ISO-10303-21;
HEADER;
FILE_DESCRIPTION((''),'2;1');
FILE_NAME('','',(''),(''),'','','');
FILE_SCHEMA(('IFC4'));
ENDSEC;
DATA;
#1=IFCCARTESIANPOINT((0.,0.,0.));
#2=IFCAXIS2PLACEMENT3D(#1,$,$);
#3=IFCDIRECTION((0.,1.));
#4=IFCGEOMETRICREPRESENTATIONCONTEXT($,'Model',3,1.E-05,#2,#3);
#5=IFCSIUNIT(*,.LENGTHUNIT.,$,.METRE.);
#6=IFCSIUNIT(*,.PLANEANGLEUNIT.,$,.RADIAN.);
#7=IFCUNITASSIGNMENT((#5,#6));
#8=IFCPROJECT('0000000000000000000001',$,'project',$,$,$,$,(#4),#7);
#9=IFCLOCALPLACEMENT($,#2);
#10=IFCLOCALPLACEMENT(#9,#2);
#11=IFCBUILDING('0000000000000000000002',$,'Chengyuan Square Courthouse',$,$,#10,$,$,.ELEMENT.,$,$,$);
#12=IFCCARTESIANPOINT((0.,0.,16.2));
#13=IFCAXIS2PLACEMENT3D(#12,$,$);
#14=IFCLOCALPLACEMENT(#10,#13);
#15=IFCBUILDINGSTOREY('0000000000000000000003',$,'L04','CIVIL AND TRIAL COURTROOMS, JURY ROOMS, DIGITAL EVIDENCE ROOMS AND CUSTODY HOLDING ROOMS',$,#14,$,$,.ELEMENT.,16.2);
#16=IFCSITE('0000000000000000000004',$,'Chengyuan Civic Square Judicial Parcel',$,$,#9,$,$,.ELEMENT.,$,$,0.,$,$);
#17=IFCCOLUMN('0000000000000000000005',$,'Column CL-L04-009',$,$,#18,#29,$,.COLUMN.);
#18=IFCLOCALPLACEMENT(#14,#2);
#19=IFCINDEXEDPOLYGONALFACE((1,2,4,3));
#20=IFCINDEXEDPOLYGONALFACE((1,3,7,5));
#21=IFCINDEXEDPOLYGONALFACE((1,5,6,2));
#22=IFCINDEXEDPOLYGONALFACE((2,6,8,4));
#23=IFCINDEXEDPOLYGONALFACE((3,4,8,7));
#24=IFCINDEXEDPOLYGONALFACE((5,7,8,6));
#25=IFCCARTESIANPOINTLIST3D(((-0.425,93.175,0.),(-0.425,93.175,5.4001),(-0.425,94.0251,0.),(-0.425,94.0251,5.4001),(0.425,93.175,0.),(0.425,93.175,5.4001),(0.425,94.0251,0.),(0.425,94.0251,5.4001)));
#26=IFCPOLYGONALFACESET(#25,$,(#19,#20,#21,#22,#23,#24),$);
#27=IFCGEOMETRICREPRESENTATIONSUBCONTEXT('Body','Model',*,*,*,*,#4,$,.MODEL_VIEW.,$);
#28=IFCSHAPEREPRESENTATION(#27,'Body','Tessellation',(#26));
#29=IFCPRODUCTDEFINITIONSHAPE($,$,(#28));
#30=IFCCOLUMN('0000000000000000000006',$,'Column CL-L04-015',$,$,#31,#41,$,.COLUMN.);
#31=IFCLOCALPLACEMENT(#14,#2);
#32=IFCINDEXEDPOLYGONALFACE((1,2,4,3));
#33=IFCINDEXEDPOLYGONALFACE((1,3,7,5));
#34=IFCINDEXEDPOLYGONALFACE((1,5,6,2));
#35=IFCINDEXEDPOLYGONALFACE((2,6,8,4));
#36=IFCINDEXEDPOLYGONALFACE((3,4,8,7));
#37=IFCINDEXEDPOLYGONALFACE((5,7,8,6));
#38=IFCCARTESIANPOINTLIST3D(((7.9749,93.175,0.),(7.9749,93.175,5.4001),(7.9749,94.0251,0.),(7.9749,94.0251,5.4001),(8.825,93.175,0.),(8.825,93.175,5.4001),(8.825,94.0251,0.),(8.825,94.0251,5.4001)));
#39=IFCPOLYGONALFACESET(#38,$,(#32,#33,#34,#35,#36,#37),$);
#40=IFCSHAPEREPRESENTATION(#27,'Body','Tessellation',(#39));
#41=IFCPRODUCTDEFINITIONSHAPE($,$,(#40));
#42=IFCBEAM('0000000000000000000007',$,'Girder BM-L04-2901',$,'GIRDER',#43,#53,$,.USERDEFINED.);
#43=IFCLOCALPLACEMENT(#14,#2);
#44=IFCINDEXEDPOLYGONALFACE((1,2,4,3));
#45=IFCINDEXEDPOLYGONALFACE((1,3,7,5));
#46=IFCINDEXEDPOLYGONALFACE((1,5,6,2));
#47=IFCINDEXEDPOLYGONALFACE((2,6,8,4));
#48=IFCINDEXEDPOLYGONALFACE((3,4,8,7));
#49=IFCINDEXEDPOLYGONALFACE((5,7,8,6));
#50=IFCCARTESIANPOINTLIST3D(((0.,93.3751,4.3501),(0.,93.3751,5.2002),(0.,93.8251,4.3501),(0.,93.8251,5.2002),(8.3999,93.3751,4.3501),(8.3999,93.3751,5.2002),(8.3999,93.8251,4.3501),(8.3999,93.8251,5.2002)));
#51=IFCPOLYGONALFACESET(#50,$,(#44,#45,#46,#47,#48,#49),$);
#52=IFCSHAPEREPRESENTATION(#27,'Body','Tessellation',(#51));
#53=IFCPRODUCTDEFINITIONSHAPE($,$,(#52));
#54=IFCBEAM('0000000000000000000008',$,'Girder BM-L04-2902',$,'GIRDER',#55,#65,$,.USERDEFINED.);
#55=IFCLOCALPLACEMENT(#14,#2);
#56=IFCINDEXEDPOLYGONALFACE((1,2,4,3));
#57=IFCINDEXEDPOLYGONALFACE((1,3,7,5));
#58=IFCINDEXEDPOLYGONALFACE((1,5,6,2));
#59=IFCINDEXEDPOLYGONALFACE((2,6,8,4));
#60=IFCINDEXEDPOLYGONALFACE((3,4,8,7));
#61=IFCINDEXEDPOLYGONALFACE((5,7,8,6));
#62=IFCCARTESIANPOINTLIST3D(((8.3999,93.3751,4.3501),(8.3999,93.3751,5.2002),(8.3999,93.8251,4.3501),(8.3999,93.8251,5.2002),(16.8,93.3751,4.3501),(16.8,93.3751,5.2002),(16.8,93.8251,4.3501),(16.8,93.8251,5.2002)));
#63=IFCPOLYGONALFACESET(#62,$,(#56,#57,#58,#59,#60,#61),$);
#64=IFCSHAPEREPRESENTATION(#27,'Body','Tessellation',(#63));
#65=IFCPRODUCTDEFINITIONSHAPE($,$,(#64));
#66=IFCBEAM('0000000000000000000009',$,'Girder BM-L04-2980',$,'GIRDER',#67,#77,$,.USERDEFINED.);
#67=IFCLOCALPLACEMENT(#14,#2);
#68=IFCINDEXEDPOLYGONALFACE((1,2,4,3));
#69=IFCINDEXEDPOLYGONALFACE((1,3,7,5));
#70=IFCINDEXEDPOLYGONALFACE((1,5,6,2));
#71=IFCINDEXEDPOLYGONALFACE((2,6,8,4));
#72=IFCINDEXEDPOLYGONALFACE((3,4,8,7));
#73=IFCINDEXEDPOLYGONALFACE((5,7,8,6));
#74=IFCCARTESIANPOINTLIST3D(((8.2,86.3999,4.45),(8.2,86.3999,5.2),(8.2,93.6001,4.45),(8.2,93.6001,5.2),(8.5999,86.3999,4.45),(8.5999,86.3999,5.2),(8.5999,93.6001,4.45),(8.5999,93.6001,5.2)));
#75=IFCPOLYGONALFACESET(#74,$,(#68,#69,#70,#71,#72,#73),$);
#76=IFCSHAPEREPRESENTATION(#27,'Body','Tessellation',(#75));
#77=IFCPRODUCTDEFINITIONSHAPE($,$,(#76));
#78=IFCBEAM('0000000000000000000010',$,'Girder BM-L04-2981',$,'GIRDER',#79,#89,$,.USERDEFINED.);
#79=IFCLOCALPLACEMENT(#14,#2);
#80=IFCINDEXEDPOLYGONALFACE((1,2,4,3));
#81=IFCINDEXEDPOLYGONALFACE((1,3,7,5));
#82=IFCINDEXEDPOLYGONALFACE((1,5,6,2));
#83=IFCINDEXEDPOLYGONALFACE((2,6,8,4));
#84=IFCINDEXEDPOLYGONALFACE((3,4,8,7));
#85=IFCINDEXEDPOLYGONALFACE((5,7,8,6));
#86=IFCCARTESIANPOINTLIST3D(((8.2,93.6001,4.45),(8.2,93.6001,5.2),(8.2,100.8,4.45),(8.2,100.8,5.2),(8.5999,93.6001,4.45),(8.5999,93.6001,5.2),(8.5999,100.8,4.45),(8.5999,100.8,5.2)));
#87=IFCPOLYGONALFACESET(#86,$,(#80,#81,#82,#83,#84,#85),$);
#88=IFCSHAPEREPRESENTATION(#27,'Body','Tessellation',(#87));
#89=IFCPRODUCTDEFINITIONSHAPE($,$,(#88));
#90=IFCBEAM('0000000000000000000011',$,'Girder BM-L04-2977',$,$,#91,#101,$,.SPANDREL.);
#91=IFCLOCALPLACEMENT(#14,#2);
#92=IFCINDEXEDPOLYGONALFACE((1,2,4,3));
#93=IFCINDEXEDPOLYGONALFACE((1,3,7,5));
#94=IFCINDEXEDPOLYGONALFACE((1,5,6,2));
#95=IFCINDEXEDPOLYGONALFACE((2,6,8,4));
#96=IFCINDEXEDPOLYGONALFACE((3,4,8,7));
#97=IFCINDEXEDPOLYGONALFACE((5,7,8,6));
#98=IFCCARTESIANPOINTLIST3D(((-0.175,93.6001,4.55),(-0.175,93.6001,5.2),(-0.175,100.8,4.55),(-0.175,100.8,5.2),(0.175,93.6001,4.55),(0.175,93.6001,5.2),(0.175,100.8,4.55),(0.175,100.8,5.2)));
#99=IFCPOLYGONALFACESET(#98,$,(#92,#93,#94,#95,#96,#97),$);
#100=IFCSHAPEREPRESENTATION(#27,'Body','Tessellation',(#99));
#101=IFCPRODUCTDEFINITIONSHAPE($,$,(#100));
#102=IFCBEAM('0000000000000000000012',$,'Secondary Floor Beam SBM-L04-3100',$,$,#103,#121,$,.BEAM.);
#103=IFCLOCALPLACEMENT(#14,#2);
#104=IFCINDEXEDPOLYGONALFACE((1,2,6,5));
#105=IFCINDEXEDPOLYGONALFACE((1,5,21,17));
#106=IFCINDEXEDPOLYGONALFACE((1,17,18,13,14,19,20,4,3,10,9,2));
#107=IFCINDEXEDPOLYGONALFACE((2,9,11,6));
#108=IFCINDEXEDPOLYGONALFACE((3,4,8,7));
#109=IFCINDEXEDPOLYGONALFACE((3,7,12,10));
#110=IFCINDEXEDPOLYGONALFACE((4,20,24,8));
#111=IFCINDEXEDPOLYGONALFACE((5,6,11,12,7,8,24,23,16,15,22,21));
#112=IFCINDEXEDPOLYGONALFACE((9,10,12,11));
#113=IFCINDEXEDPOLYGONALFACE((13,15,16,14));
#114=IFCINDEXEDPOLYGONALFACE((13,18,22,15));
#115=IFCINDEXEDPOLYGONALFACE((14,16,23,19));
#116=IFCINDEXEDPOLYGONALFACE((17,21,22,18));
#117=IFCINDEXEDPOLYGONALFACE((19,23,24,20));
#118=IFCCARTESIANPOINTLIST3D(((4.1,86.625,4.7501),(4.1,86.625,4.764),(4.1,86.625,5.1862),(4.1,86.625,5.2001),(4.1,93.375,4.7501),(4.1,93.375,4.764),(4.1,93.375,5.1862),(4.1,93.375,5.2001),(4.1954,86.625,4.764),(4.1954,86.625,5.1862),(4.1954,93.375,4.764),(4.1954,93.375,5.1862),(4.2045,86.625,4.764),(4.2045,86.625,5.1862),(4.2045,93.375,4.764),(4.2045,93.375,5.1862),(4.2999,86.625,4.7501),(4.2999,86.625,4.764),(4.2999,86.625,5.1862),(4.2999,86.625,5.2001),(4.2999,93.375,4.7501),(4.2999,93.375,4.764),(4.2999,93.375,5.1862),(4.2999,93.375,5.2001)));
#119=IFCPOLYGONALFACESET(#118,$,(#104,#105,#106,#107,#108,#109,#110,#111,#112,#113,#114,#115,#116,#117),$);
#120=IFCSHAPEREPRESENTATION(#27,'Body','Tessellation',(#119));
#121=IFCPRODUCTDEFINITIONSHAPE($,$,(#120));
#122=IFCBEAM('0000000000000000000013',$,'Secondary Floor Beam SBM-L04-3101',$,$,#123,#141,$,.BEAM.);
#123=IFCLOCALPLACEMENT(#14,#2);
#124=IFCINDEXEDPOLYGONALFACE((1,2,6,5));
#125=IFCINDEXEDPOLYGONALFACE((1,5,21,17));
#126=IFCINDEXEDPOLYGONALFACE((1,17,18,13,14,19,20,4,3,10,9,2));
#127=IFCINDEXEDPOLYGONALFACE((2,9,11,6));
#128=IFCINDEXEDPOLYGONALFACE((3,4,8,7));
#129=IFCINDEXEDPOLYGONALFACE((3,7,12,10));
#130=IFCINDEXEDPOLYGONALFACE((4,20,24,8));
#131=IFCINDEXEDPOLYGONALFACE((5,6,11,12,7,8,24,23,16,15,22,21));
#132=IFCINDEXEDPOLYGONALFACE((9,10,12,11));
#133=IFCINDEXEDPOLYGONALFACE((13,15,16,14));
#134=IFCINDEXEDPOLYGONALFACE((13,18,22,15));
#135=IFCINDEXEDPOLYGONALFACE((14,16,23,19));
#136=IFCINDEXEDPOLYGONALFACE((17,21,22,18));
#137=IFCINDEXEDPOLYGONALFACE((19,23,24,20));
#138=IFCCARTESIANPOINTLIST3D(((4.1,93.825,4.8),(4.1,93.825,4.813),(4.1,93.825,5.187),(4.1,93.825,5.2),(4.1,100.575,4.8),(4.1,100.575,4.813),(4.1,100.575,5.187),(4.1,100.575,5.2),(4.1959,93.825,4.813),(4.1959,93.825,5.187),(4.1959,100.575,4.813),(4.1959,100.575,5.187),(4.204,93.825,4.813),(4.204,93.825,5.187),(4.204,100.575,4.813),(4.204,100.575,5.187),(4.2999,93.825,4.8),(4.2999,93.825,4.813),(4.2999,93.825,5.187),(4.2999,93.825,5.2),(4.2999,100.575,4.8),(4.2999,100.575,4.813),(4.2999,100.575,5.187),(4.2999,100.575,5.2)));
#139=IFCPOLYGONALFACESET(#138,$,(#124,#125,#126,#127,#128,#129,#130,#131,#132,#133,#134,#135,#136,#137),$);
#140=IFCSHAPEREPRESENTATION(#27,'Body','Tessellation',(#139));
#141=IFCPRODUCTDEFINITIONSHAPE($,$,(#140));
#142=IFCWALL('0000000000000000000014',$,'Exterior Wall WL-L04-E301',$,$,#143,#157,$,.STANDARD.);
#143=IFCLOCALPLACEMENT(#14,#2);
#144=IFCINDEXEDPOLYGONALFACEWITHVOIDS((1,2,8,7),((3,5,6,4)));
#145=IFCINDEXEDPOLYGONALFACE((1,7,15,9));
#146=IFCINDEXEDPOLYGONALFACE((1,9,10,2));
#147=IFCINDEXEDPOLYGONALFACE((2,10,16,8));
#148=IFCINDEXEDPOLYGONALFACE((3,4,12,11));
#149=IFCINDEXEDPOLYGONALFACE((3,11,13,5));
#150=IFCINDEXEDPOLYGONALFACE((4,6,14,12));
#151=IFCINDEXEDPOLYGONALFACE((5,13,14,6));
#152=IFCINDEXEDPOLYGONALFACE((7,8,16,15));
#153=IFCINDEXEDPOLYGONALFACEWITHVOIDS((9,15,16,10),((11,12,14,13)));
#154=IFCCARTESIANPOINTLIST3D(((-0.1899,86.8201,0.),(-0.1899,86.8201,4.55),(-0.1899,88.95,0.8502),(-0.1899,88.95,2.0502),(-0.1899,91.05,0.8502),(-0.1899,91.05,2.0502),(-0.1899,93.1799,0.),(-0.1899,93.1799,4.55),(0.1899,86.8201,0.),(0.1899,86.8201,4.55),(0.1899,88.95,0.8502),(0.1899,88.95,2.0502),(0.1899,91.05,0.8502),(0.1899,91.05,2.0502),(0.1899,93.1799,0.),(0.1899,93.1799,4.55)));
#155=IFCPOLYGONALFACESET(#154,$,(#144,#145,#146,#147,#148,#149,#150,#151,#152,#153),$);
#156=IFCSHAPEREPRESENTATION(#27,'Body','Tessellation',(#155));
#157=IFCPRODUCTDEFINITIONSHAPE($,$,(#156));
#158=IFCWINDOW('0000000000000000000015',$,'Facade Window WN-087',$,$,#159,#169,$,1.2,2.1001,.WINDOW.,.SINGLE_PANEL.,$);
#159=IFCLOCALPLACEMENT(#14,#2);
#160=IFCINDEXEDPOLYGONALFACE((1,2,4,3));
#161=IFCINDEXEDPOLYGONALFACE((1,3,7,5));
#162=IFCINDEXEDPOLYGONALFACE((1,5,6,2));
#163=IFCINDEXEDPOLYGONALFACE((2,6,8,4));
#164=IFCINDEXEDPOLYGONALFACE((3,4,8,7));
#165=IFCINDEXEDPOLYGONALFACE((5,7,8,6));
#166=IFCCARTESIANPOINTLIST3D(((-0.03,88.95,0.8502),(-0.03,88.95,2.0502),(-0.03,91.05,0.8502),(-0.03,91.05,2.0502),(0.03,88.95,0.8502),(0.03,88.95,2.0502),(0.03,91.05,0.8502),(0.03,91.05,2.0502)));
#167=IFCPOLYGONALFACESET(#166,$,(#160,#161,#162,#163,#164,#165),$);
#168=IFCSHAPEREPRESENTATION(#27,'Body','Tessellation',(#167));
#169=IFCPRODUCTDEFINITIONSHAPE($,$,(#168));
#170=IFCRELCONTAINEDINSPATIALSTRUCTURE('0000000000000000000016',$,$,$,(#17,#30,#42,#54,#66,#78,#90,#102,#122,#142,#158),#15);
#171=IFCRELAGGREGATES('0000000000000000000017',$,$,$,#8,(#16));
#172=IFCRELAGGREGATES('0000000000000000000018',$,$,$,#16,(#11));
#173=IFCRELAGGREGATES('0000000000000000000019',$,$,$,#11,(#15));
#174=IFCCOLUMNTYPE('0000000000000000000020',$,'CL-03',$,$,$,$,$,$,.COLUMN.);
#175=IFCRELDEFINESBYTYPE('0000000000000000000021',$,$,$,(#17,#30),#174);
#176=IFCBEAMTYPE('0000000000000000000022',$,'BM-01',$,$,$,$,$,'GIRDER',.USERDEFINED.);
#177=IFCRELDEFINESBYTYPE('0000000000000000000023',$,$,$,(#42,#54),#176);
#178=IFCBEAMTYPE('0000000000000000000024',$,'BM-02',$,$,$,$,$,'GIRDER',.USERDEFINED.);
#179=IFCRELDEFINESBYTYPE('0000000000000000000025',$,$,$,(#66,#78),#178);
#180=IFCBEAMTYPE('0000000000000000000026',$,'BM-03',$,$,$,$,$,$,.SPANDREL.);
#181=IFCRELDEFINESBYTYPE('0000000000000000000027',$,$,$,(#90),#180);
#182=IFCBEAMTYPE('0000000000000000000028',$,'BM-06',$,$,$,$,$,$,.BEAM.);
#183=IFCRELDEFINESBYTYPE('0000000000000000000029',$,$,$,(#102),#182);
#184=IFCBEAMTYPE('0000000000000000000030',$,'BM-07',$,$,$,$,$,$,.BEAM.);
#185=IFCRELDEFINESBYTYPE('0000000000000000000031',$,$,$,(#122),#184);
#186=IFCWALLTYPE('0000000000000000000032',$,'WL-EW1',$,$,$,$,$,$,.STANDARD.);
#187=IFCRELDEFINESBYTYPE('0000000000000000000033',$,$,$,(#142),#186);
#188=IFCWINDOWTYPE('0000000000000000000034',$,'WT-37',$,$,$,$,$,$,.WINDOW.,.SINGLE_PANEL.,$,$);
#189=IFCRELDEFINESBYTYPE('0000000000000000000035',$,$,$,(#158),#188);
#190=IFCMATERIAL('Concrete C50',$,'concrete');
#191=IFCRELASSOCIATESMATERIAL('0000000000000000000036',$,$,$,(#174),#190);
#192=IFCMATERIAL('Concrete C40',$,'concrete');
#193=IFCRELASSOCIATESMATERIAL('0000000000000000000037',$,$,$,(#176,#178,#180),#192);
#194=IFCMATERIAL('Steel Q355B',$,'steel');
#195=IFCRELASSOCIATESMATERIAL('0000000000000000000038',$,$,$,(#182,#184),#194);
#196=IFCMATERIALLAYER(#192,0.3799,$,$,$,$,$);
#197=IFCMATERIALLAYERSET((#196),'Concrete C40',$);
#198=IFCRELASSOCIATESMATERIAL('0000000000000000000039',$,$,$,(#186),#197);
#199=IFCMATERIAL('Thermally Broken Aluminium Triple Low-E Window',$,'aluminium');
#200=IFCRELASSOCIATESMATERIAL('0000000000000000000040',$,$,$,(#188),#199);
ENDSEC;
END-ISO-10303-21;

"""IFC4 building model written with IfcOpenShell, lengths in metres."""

from ifc_helpers import new_model, si_unit, direction, frame, frame_2d, origin, origin_2d, place, context, subcontext, project, spatial, rectangle, i_section, extrude, material, layer, layer_set, material_profile, profile_set, type_object, element, fill, save


model = new_model("IFC4")

# Units and contexts
model_context = context("Model", 3, precision=1e-05, world=origin(), true_north=direction((0.0, 1.0)))
body_context = subcontext(model_context, "Body", "Model", "MODEL_VIEW")
ifc_project = project(units=[si_unit("LENGTHUNIT", "METRE"), si_unit("PLANEANGLEUNIT", "RADIAN")], contexts=[model_context])

# Site, building, storey
site_placement = place(None, origin())
site = spatial("IfcSite", under=ifc_project, at=site_placement, Name="Chengyuan Civic Square Judicial Parcel", CompositionType="ELEMENT", RefElevation=0.0)
building_placement = place(site_placement, origin())
building = spatial("IfcBuilding", under=site, at=building_placement, Name="Chengyuan Square Courthouse", CompositionType="ELEMENT")
storey_placement = place(building_placement, frame((0.0, 0.0, 16.2)))
storey = spatial("IfcBuildingStorey", under=building, at=storey_placement, Name="L04", Description="CIVIL AND TRIAL COURTROOMS, JURY ROOMS, DIGITAL EVIDENCE ROOMS AND CUSTODY HOLDING ROOMS", CompositionType="ELEMENT", Elevation=16.2)

# Columns
ifc_material_1 = material(Name="Concrete C50", Category="concrete")
ifc_material_profile_1 = material_profile(ifc_material_1, rectangle(XDim=0.8501, YDim=0.8501, at=origin_2d()), Name="RC-COL-850x850")
ifc_profile_set_1 = profile_set([ifc_material_profile_1], Name="Concrete C50")
column_type = type_object("IfcColumnType", Name="CL-03", PredefinedType="COLUMN", material=ifc_profile_set_1)
for number, where, z_axis, x_axis, name in (
    (1, (0.0, 93.6001, 0.0), (0.0, 0.0, 1.0), (1.0, 0.0, 0.0), "Column CL-L04-009"),
    (2, (8.3999, 93.6001, 0.0), (0.0, 0.0, 1.0), (1.0, 0.0, 0.0), "Column CL-L04-015"),
):
    element("IfcColumn", number, at=place(storey_placement, frame(where, z_axis=z_axis, x_axis=x_axis)), inside=storey, type_object=column_type, Name=name, PredefinedType="COLUMN", context=body_context, shape_type="SweptSolid", body=[
        extrude(rectangle(XDim=0.8501, YDim=0.8501, at=origin_2d()), origin(), (0.0, 0.0, 1.0), 5.4001),
    ])

# Beams
ifc_material_2 = material(Name="Concrete C40", Category="concrete")
ifc_material_profile_2 = material_profile(ifc_material_2, rectangle(XDim=0.45, YDim=0.8501, at=origin_2d()), Name="RC-BM-450x850")
ifc_profile_set_2 = profile_set([ifc_material_profile_2], Name="Concrete C40")
beam_type_1 = type_object("IfcBeamType", Name="BM-01", ElementType="GIRDER", PredefinedType="USERDEFINED", material=ifc_profile_set_2)
beam_1_placement = place(storey_placement, frame((0.0, 93.6001, 4.7751), z_axis=(1.0, 0.0, 0.0), x_axis=(0.0, 1.0, 0.0)))
element("IfcBeam", 3, at=beam_1_placement, inside=storey, type_object=beam_type_1, Name="Girder BM-L04-2901", ObjectType="GIRDER", PredefinedType="USERDEFINED", context=body_context, shape_type="SweptSolid", body=[
    extrude(rectangle(XDim=0.45, YDim=0.8501, at=origin_2d()), origin(), (0.0, 0.0, 1.0), 8.3999),
])
beam_2_placement = place(storey_placement, frame((8.3999, 93.6001, 4.7751), z_axis=(1.0, 0.0, 0.0), x_axis=(0.0, 1.0, 0.0)))
element("IfcBeam", 4, at=beam_2_placement, inside=storey, type_object=beam_type_1, Name="Girder BM-L04-2902", ObjectType="GIRDER", PredefinedType="USERDEFINED", context=body_context, shape_type="SweptSolid", body=[
    extrude(rectangle(XDim=0.45, YDim=0.8501, at=origin_2d()), origin(), (0.0, 0.0, 1.0), 8.4001),
])
ifc_material_profile_3 = material_profile(ifc_material_2, rectangle(XDim=0.3999, YDim=0.75, at=origin_2d()), Name="RC-BM-400x750")
ifc_profile_set_3 = profile_set([ifc_material_profile_3], Name="Concrete C40")
beam_type_2 = type_object("IfcBeamType", Name="BM-02", ElementType="GIRDER", PredefinedType="USERDEFINED", material=ifc_profile_set_3)
beam_3_placement = place(storey_placement, frame((8.3999, 86.3999, 4.825), z_axis=(0.0, 1.0, 0.0), x_axis=(-1.0, 0.0, 0.0)))
element("IfcBeam", 5, at=beam_3_placement, inside=storey, type_object=beam_type_2, Name="Girder BM-L04-2980", ObjectType="GIRDER", PredefinedType="USERDEFINED", context=body_context, shape_type="SweptSolid", body=[
    extrude(rectangle(XDim=0.3999, YDim=0.75, at=origin_2d()), origin(), (0.0, 0.0, 1.0), 7.2002),
])
beam_4_placement = place(storey_placement, frame((8.3999, 93.6001, 4.825), z_axis=(0.0, 1.0, 0.0), x_axis=(-1.0, 0.0, 0.0)))
element("IfcBeam", 6, at=beam_4_placement, inside=storey, type_object=beam_type_2, Name="Girder BM-L04-2981", ObjectType="GIRDER", PredefinedType="USERDEFINED", context=body_context, shape_type="SweptSolid", body=[
    extrude(rectangle(XDim=0.3999, YDim=0.75, at=origin_2d()), origin(), (0.0, 0.0, 1.0), 7.2),
])
ifc_material_profile_4 = material_profile(ifc_material_2, rectangle(XDim=0.3501, YDim=0.6499, at=origin_2d()), Name="RC-BM-350x650")
ifc_profile_set_4 = profile_set([ifc_material_profile_4], Name="Concrete C40")
beam_type_3 = type_object("IfcBeamType", Name="BM-03", PredefinedType="SPANDREL", material=ifc_profile_set_4)
beam_5_placement = place(storey_placement, frame((0.0, 93.6001, 4.875), z_axis=(0.0, 1.0, 0.0), x_axis=(-1.0, 0.0, 0.0)))
element("IfcBeam", 7, at=beam_5_placement, inside=storey, type_object=beam_type_3, Name="Girder BM-L04-2977", PredefinedType="SPANDREL", context=body_context, shape_type="SweptSolid", body=[
    extrude(rectangle(XDim=0.3501, YDim=0.6499, at=origin_2d()), origin(), (0.0, 0.0, 1.0), 7.2),
])
ifc_material_3 = material(Name="Steel Q355B", Category="steel")
ifc_material_profile_5 = material_profile(ifc_material_3, i_section(OverallWidth=0.2, OverallDepth=0.45, WebThickness=0.009, FlangeThickness=0.0139, at=origin_2d()), Name="HN 450x200x9x14")
ifc_profile_set_5 = profile_set([ifc_material_profile_5], Name="Steel Q355B")
beam_type_4 = type_object("IfcBeamType", Name="BM-06", PredefinedType="BEAM", material=ifc_profile_set_5)
beam_6_placement = place(storey_placement, frame((4.2, 86.625, 4.9751), z_axis=(0.0, 1.0, 0.0), x_axis=(-1.0, 0.0, 0.0)))
element("IfcBeam", 8, at=beam_6_placement, inside=storey, type_object=beam_type_4, Name="Secondary Floor Beam SBM-L04-3100", PredefinedType="BEAM", context=body_context, shape_type="SweptSolid", body=[
    extrude(i_section(OverallWidth=0.2, OverallDepth=0.45, WebThickness=0.009, FlangeThickness=0.0139, at=origin_2d()), origin(), (0.0, 0.0, 1.0), 6.75),
])
ifc_material_profile_6 = material_profile(ifc_material_3, i_section(OverallWidth=0.2, OverallDepth=0.3999, WebThickness=0.0081, FlangeThickness=0.0129, at=origin_2d()), Name="HN 400x200x8x13")
ifc_profile_set_6 = profile_set([ifc_material_profile_6], Name="Steel Q355B")
beam_type_5 = type_object("IfcBeamType", Name="BM-07", PredefinedType="BEAM", material=ifc_profile_set_6)
beam_7_placement = place(storey_placement, frame((4.2, 93.825, 5.0), z_axis=(0.0, 1.0, 0.0), x_axis=(-1.0, 0.0, 0.0)))
element("IfcBeam", 9, at=beam_7_placement, inside=storey, type_object=beam_type_5, Name="Secondary Floor Beam SBM-L04-3101", PredefinedType="BEAM", context=body_context, shape_type="SweptSolid", body=[
    extrude(i_section(OverallWidth=0.2, OverallDepth=0.3999, WebThickness=0.0081, FlangeThickness=0.0129, at=origin_2d()), origin(), (0.0, 0.0, 1.0), 6.75),
])

# Wall, opening, window
ifc_layer_1 = layer(ifc_material_2, 0.3799)
ifc_layer_set_1 = layer_set([ifc_layer_1], Name="Concrete C40")
wall_type_1 = type_object("IfcWallType", Name="WL-EW1", PredefinedType="STANDARD", material=ifc_layer_set_1)
wall_1_placement = place(storey_placement, frame((0.0, 86.8201, 0.0), z_axis=(0.0, 0.0, 1.0), x_axis=(0.0, 1.0, 0.0)))
wall_1 = element("IfcWall", 10, at=wall_1_placement, inside=storey, type_object=wall_type_1, Name="Exterior Wall WL-L04-E301", PredefinedType="STANDARD", context=body_context, shape_type="SweptSolid", body=[
    extrude(rectangle(XDim=6.3599, YDim=0.3799, at=frame_2d((3.1799, 0.0))), origin(), (0.0, 0.0, 1.0), 4.55),
])
opening_1_placement = place(wall_1_placement, frame((2.1299, 0.0, 0.8501)))
opening_1 = element("IfcOpeningElement", 11, at=opening_1_placement, cuts=wall_1, PredefinedType="OPENING", context=body_context, shape_type="SweptSolid", body=[
    extrude(rectangle(XDim=2.1001, YDim=1.2, at=frame_2d((1.05, 0.6001))), frame((0.0, 0.2019, 0.0), z_axis=(0.0, -1.0, 0.0), x_axis=(1.0, 0.0, 0.0)), (0.0, 0.0, 1.0), 0.4038),
])
ifc_material_4 = material(Name="Thermally Broken Aluminium Triple Low-E Window", Category="aluminium")
window_type = type_object("IfcWindowType", Name="WT-37", PartitioningType="SINGLE_PANEL", PredefinedType="WINDOW", material=ifc_material_4)
window_placement = place(opening_1_placement, origin())
window = element("IfcWindow", 12, at=window_placement, inside=storey, type_object=window_type, Name="Facade Window WN-087", OverallHeight=1.2, OverallWidth=2.1001, PartitioningType="SINGLE_PANEL", PredefinedType="WINDOW", context=body_context, shape_type="SweptSolid", body=[
    extrude(rectangle(XDim=2.1001, YDim=1.2, at=frame_2d((1.05, 0.6001))), frame((0.0, 0.03, 0.0), z_axis=(0.0, -1.0, 0.0), x_axis=(1.0, 0.0, 0.0)), (0.0, 0.0, 1.0), 0.0601),
])
fill(opening_1, window)

save(model, "model.ifc")
